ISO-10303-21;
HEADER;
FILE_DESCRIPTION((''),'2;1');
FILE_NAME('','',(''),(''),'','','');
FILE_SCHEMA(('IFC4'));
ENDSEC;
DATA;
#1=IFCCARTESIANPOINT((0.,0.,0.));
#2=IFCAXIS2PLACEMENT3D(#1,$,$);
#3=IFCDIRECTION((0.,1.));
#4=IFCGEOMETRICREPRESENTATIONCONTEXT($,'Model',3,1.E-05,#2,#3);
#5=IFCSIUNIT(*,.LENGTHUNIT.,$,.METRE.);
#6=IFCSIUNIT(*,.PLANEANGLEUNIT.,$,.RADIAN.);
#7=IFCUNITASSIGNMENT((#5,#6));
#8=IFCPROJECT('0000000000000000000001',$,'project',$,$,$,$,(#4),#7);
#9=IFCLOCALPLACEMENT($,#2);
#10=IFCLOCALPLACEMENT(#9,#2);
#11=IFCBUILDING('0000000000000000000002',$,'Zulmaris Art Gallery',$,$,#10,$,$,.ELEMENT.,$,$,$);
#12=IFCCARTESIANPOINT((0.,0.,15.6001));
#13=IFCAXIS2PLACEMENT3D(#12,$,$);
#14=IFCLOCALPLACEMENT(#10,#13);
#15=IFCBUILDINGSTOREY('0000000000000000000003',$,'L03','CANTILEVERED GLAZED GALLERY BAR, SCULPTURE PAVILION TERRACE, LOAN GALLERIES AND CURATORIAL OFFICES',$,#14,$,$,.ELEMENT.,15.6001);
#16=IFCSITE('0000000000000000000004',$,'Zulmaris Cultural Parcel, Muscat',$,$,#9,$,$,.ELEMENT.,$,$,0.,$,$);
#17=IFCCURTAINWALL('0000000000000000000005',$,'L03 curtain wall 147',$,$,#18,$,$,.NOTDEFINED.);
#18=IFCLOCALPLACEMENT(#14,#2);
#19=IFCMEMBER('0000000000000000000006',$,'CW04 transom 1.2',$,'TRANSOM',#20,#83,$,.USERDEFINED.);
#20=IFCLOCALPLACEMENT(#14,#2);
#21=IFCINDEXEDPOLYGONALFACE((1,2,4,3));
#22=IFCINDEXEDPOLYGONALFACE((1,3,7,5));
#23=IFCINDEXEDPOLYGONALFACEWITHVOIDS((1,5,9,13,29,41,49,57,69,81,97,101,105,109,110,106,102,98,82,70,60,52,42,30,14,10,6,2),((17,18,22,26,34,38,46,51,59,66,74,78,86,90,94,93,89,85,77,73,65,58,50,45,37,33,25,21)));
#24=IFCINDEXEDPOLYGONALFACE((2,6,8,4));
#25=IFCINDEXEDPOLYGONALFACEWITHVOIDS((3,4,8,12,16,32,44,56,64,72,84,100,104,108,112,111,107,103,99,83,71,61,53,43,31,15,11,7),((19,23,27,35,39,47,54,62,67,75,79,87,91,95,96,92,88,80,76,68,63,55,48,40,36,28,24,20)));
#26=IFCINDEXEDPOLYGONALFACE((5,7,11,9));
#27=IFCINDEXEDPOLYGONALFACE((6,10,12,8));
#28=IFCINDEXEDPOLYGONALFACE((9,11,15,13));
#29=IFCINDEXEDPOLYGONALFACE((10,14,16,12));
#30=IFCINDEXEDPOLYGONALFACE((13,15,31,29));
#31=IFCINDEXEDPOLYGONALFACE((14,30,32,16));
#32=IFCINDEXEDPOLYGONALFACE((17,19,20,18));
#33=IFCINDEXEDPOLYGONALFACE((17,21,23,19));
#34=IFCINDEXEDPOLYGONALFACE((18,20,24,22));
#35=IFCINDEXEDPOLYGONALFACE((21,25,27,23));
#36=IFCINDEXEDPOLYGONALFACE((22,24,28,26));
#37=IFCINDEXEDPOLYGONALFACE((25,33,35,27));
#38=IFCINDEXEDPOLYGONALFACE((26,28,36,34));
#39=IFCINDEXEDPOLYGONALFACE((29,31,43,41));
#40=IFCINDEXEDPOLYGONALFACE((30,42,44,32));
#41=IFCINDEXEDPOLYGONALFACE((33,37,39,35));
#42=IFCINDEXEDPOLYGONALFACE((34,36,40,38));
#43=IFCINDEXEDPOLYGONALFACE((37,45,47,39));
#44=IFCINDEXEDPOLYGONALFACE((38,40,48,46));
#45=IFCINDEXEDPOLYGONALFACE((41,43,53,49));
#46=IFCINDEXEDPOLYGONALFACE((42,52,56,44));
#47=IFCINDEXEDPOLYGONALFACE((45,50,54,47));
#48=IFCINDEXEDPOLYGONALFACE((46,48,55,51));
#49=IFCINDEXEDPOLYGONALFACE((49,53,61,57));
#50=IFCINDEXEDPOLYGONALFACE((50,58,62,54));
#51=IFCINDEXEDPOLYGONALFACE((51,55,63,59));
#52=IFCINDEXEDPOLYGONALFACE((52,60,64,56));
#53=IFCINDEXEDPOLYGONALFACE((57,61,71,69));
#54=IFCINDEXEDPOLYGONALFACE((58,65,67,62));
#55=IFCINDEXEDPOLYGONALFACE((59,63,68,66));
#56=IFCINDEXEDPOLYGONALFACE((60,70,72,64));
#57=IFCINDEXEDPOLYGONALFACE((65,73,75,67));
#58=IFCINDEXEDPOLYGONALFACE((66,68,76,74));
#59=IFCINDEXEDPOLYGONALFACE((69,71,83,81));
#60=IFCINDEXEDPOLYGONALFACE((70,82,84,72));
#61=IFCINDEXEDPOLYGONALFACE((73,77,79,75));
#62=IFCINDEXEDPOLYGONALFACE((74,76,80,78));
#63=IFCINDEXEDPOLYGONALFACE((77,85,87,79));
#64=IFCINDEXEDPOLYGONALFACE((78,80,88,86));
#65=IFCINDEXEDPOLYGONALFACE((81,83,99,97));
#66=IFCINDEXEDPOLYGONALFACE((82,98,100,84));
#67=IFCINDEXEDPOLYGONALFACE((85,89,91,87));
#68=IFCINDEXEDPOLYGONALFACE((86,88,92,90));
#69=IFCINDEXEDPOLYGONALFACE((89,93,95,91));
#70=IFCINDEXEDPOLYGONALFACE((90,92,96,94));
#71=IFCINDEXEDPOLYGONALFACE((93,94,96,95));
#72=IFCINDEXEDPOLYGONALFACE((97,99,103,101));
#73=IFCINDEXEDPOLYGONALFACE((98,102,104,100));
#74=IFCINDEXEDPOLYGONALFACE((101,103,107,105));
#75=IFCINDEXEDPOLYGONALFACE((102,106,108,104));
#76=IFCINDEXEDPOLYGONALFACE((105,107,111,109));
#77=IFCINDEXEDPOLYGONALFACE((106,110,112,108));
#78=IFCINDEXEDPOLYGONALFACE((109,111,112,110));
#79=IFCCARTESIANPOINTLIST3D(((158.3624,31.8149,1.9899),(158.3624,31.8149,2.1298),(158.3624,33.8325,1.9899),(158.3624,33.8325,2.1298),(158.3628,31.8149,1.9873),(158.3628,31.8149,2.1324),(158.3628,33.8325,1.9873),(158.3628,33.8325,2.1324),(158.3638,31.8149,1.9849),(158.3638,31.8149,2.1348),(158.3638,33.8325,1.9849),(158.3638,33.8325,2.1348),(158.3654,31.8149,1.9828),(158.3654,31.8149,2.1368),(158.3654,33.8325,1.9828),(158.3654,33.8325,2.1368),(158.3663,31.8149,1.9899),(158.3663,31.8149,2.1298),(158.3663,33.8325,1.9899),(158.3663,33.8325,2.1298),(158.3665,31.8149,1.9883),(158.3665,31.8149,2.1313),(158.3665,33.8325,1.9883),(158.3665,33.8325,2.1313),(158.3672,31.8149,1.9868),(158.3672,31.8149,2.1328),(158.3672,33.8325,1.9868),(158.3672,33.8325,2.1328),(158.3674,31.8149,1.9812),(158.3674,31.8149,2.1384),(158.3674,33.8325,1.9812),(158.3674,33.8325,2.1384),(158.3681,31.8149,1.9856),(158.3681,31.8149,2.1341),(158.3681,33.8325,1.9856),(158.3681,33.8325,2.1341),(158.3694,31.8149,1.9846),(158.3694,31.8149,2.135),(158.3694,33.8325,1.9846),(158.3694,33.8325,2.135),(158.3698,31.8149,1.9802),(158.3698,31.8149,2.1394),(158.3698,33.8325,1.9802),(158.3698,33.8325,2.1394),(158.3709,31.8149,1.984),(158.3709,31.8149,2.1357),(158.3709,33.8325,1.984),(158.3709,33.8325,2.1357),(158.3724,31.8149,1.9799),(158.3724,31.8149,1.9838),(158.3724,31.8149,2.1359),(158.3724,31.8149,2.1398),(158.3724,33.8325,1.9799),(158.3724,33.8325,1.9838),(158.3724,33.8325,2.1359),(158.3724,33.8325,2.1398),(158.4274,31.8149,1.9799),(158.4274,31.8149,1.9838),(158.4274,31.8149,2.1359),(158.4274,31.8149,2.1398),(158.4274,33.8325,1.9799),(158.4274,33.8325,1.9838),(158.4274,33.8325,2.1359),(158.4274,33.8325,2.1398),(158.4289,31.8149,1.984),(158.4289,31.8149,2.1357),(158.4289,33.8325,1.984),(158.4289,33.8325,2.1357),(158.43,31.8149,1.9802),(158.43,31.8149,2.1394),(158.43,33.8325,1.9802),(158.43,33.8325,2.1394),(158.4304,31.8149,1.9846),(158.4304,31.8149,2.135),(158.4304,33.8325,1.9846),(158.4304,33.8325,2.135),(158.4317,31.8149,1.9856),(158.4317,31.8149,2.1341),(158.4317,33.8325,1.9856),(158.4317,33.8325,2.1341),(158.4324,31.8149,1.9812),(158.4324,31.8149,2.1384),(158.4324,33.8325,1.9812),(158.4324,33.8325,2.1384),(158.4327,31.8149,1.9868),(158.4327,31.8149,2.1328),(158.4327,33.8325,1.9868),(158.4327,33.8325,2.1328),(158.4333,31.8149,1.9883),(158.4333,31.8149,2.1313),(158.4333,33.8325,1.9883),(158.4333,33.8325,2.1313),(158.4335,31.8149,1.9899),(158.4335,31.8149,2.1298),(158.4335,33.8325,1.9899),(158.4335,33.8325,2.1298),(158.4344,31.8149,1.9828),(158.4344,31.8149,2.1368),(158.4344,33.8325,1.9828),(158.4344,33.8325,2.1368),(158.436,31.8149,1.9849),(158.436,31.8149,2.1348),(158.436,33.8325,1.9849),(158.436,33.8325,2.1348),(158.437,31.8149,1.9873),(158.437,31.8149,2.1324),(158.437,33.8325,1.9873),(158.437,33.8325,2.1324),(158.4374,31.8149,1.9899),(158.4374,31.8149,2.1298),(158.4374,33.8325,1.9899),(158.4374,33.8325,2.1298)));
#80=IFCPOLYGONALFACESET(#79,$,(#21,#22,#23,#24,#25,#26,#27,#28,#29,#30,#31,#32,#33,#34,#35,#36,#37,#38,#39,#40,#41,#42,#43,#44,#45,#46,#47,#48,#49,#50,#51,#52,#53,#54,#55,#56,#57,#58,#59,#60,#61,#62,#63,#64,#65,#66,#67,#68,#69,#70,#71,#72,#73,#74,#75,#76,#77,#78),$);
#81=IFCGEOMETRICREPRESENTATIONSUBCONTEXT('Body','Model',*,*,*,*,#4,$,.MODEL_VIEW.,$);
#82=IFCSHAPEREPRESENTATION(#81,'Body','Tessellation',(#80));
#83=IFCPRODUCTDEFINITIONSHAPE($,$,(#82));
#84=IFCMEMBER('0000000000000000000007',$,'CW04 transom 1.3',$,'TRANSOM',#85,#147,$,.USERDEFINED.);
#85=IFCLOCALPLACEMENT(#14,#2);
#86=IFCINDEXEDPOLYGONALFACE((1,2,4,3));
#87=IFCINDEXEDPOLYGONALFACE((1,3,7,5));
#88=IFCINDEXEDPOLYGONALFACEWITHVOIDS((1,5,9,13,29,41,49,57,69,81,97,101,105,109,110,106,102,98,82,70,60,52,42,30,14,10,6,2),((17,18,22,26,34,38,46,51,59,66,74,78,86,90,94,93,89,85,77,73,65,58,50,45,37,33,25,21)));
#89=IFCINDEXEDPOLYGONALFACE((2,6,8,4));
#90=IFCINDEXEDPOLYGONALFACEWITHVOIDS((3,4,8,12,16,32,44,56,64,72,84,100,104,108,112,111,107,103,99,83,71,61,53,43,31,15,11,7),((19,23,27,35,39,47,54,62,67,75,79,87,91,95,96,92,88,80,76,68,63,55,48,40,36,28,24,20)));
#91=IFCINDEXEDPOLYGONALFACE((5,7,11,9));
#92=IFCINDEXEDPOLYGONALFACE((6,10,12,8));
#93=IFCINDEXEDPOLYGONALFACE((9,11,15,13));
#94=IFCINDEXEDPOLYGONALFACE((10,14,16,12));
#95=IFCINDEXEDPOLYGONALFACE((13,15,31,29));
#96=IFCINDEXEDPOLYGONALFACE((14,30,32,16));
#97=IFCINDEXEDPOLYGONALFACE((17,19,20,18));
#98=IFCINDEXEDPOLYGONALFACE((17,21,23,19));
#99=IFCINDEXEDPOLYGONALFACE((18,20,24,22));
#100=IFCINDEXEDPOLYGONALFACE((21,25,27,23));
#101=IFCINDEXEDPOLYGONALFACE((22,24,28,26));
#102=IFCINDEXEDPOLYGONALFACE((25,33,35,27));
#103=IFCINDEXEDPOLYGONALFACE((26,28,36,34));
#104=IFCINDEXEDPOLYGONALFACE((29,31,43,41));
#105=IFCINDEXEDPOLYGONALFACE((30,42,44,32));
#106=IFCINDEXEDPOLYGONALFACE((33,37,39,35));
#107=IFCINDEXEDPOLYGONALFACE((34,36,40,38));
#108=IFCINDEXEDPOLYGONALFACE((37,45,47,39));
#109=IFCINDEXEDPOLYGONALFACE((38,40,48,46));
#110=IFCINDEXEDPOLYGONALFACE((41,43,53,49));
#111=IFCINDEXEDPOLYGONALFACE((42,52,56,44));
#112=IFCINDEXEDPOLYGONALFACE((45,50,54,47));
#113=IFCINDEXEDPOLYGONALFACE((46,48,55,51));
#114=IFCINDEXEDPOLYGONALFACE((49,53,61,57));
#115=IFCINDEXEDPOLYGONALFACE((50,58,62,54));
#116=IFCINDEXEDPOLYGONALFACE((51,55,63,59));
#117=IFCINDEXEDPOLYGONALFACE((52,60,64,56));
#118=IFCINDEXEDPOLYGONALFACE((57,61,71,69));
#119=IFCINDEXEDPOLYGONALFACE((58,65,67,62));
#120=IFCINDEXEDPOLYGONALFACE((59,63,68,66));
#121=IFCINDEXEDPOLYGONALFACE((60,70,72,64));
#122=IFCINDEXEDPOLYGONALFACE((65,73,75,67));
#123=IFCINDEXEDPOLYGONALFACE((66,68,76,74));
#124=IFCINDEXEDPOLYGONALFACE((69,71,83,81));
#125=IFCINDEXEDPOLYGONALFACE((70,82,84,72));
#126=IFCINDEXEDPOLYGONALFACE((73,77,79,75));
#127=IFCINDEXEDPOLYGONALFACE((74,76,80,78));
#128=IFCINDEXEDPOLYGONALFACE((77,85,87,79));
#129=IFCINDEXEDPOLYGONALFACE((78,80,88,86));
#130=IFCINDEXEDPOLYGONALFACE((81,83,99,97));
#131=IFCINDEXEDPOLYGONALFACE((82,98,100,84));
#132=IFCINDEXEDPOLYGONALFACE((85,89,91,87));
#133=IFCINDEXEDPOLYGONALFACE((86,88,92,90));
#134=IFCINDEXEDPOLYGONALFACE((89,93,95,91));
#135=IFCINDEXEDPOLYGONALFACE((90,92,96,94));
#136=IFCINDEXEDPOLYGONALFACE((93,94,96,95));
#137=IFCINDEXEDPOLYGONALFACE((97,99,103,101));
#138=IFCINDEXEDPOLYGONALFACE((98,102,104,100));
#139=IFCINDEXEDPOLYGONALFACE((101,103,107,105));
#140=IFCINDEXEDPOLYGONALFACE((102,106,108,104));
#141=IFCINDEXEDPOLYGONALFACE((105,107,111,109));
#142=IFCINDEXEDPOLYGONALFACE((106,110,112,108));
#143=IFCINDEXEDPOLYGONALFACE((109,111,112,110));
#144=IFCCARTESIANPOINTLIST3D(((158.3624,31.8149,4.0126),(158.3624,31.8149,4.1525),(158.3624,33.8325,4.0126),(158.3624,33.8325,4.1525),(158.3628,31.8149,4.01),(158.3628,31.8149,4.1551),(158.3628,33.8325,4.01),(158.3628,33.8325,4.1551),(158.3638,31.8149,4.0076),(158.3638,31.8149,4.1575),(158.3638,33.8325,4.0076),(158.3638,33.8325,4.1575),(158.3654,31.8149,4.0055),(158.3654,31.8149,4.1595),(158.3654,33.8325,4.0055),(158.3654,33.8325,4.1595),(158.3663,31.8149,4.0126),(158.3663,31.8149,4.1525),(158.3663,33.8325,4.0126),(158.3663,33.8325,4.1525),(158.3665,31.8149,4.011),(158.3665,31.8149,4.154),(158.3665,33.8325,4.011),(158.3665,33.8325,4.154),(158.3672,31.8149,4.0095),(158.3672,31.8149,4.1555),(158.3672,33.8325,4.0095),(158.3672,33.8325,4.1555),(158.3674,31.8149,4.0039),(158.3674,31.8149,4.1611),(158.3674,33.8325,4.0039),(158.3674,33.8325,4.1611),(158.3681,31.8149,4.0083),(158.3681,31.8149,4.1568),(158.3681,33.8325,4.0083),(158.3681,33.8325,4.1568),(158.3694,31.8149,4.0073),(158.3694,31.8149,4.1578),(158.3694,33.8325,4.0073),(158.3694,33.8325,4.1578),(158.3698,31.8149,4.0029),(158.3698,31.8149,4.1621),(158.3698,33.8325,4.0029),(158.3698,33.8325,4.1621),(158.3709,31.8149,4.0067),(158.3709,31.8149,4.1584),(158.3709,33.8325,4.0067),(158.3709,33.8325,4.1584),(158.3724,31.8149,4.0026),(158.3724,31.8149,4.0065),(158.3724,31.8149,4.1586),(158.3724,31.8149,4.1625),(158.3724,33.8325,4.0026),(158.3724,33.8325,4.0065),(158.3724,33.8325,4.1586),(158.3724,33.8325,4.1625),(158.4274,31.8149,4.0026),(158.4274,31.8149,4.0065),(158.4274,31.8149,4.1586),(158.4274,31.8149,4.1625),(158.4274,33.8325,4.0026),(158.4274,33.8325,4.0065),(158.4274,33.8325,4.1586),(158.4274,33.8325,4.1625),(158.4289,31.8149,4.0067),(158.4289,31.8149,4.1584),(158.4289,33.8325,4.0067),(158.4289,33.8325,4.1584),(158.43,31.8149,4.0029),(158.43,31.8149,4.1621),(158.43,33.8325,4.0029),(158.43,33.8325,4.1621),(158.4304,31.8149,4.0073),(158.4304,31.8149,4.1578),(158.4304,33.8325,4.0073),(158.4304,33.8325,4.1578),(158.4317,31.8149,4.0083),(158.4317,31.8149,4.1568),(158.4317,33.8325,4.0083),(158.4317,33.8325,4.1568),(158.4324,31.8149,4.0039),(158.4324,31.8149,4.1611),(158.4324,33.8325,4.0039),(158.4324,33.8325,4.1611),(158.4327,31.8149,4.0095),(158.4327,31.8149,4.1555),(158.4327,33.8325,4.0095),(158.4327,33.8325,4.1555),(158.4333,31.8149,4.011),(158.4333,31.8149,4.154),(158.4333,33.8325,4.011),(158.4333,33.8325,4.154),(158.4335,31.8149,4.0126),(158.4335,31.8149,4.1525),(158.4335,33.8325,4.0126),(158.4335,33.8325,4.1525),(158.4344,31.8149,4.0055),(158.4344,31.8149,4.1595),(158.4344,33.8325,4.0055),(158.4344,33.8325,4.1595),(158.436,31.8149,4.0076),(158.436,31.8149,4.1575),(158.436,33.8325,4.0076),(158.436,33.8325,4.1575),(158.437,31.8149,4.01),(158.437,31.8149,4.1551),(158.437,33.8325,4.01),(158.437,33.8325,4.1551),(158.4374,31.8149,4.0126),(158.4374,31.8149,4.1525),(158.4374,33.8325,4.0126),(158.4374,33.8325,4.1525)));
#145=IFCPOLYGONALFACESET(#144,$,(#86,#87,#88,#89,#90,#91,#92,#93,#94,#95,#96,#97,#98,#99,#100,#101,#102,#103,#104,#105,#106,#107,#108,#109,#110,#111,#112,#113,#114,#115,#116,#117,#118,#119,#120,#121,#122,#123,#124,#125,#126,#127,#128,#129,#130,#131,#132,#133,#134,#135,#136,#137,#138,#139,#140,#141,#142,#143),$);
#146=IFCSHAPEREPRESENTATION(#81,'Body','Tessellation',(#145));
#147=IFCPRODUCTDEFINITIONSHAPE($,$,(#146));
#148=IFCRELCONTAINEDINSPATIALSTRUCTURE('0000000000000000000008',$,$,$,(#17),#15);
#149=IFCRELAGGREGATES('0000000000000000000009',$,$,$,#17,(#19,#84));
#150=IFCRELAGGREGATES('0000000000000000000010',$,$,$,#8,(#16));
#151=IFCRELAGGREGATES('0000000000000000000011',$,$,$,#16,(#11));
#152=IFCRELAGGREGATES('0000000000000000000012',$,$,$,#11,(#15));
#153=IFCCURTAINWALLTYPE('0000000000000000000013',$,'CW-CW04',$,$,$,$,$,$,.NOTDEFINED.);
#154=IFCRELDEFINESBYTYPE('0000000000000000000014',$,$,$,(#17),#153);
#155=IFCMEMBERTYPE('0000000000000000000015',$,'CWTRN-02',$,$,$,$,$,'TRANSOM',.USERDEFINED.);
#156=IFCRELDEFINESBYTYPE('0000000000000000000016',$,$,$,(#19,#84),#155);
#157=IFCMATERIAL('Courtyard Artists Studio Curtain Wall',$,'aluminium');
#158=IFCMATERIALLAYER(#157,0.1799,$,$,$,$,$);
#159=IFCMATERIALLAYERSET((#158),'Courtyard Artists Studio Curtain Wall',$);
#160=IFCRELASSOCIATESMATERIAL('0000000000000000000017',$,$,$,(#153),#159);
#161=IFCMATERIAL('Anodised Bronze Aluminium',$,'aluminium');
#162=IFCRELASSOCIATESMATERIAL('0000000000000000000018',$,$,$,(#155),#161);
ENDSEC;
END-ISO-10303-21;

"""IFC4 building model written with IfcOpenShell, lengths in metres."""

from ifc_helpers import new_model, si_unit, direction, frame, origin, origin_2d, place, context, subcontext, project, spatial, hollow_rectangle, extrude, material, layer, layer_set, material_profile, profile_set, type_object, element, aggregate, save


model = new_model("IFC4")

# Units and contexts
model_context = context("Model", 3, precision=1e-05, world=origin(), true_north=direction((0.0, 1.0)))
body_context = subcontext(model_context, "Body", "Model", "MODEL_VIEW")
ifc_project = project(units=[si_unit("LENGTHUNIT", "METRE"), si_unit("PLANEANGLEUNIT", "RADIAN")], contexts=[model_context])

# Site, building, storey
site_placement = place(None, origin())
site = spatial("IfcSite", under=ifc_project, at=site_placement, Name="Zulmaris Cultural Parcel, Muscat", CompositionType="ELEMENT", RefElevation=0.0)
building_placement = place(site_placement, origin())
building = spatial("IfcBuilding", under=site, at=building_placement, Name="Zulmaris Art Gallery", CompositionType="ELEMENT")
storey_placement = place(building_placement, frame((0.0, 0.0, 15.6001)))
storey = spatial("IfcBuildingStorey", under=building, at=storey_placement, Name="L03", Description="CANTILEVERED GLAZED GALLERY BAR, SCULPTURE PAVILION TERRACE, LOAN GALLERIES AND CURATORIAL OFFICES", CompositionType="ELEMENT", Elevation=15.6001)

# Curtain wall
ifc_material_1 = material(Name="Courtyard Artists Studio Curtain Wall", Category="aluminium")
ifc_layer_1 = layer(ifc_material_1, 0.1799)
ifc_layer_set_1 = layer_set([ifc_layer_1], Name="Courtyard Artists Studio Curtain Wall")
curtain_wall_type = type_object("IfcCurtainWallType", Name="CW-CW04", PredefinedType="NOTDEFINED", material=ifc_layer_set_1)
curtain_wall_1_placement = place(storey_placement, origin())
curtain_wall_1 = element("IfcCurtainWall", 1, at=curtain_wall_1_placement, inside=storey, type_object=curtain_wall_type, Name="L03 curtain wall 147", PredefinedType="NOTDEFINED")
ifc_material_2 = material(Name="Anodised Bronze Aluminium", Category="aluminium")

# Members
ifc_material_profile_1 = material_profile(ifc_material_2, hollow_rectangle(XDim=0.075, YDim=0.1599, WallThickness=0.0039, InnerFilletRadius=0.0061, OuterFilletRadius=0.01, at=origin_2d()), Name="ALU 75x160x4")
ifc_profile_set_1 = profile_set([ifc_material_profile_1], Name="Anodised Bronze Aluminium")
member_type_1 = type_object("IfcMemberType", Name="CWTRN-02", ElementType="TRANSOM", PredefinedType="USERDEFINED", material=ifc_profile_set_1)
member_1_placement = place(storey_placement, frame((158.3999, 31.8149, 2.0598), z_axis=(0.0, 1.0, 0.0), x_axis=(-1.0, 0.0, 0.0)))
member_1 = element("IfcMember", 2, at=member_1_placement, type_object=member_type_1, Name="CW04 transom 1.2", ObjectType="TRANSOM", PredefinedType="USERDEFINED", context=body_context, shape_type="SweptSolid", body=[
    extrude(hollow_rectangle(XDim=0.075, YDim=0.1599, WallThickness=0.0039, InnerFilletRadius=0.0061, OuterFilletRadius=0.01, at=origin_2d()), origin(), (0.0, 0.0, 1.0), 2.0176),
])
member_2_placement = place(storey_placement, frame((158.3999, 31.8149, 4.0825), z_axis=(0.0, 1.0, 0.0), x_axis=(-1.0, 0.0, 0.0)))
member_2 = element("IfcMember", 3, at=member_2_placement, type_object=member_type_1, Name="CW04 transom 1.3", ObjectType="TRANSOM", PredefinedType="USERDEFINED", context=body_context, shape_type="SweptSolid", body=[
    extrude(hollow_rectangle(XDim=0.075, YDim=0.1599, WallThickness=0.0039, InnerFilletRadius=0.0061, OuterFilletRadius=0.01, at=origin_2d()), origin(), (0.0, 0.0, 1.0), 2.0176),
])

aggregate(curtain_wall_1, [member_1, member_2])

save(model, "model.ifc")
